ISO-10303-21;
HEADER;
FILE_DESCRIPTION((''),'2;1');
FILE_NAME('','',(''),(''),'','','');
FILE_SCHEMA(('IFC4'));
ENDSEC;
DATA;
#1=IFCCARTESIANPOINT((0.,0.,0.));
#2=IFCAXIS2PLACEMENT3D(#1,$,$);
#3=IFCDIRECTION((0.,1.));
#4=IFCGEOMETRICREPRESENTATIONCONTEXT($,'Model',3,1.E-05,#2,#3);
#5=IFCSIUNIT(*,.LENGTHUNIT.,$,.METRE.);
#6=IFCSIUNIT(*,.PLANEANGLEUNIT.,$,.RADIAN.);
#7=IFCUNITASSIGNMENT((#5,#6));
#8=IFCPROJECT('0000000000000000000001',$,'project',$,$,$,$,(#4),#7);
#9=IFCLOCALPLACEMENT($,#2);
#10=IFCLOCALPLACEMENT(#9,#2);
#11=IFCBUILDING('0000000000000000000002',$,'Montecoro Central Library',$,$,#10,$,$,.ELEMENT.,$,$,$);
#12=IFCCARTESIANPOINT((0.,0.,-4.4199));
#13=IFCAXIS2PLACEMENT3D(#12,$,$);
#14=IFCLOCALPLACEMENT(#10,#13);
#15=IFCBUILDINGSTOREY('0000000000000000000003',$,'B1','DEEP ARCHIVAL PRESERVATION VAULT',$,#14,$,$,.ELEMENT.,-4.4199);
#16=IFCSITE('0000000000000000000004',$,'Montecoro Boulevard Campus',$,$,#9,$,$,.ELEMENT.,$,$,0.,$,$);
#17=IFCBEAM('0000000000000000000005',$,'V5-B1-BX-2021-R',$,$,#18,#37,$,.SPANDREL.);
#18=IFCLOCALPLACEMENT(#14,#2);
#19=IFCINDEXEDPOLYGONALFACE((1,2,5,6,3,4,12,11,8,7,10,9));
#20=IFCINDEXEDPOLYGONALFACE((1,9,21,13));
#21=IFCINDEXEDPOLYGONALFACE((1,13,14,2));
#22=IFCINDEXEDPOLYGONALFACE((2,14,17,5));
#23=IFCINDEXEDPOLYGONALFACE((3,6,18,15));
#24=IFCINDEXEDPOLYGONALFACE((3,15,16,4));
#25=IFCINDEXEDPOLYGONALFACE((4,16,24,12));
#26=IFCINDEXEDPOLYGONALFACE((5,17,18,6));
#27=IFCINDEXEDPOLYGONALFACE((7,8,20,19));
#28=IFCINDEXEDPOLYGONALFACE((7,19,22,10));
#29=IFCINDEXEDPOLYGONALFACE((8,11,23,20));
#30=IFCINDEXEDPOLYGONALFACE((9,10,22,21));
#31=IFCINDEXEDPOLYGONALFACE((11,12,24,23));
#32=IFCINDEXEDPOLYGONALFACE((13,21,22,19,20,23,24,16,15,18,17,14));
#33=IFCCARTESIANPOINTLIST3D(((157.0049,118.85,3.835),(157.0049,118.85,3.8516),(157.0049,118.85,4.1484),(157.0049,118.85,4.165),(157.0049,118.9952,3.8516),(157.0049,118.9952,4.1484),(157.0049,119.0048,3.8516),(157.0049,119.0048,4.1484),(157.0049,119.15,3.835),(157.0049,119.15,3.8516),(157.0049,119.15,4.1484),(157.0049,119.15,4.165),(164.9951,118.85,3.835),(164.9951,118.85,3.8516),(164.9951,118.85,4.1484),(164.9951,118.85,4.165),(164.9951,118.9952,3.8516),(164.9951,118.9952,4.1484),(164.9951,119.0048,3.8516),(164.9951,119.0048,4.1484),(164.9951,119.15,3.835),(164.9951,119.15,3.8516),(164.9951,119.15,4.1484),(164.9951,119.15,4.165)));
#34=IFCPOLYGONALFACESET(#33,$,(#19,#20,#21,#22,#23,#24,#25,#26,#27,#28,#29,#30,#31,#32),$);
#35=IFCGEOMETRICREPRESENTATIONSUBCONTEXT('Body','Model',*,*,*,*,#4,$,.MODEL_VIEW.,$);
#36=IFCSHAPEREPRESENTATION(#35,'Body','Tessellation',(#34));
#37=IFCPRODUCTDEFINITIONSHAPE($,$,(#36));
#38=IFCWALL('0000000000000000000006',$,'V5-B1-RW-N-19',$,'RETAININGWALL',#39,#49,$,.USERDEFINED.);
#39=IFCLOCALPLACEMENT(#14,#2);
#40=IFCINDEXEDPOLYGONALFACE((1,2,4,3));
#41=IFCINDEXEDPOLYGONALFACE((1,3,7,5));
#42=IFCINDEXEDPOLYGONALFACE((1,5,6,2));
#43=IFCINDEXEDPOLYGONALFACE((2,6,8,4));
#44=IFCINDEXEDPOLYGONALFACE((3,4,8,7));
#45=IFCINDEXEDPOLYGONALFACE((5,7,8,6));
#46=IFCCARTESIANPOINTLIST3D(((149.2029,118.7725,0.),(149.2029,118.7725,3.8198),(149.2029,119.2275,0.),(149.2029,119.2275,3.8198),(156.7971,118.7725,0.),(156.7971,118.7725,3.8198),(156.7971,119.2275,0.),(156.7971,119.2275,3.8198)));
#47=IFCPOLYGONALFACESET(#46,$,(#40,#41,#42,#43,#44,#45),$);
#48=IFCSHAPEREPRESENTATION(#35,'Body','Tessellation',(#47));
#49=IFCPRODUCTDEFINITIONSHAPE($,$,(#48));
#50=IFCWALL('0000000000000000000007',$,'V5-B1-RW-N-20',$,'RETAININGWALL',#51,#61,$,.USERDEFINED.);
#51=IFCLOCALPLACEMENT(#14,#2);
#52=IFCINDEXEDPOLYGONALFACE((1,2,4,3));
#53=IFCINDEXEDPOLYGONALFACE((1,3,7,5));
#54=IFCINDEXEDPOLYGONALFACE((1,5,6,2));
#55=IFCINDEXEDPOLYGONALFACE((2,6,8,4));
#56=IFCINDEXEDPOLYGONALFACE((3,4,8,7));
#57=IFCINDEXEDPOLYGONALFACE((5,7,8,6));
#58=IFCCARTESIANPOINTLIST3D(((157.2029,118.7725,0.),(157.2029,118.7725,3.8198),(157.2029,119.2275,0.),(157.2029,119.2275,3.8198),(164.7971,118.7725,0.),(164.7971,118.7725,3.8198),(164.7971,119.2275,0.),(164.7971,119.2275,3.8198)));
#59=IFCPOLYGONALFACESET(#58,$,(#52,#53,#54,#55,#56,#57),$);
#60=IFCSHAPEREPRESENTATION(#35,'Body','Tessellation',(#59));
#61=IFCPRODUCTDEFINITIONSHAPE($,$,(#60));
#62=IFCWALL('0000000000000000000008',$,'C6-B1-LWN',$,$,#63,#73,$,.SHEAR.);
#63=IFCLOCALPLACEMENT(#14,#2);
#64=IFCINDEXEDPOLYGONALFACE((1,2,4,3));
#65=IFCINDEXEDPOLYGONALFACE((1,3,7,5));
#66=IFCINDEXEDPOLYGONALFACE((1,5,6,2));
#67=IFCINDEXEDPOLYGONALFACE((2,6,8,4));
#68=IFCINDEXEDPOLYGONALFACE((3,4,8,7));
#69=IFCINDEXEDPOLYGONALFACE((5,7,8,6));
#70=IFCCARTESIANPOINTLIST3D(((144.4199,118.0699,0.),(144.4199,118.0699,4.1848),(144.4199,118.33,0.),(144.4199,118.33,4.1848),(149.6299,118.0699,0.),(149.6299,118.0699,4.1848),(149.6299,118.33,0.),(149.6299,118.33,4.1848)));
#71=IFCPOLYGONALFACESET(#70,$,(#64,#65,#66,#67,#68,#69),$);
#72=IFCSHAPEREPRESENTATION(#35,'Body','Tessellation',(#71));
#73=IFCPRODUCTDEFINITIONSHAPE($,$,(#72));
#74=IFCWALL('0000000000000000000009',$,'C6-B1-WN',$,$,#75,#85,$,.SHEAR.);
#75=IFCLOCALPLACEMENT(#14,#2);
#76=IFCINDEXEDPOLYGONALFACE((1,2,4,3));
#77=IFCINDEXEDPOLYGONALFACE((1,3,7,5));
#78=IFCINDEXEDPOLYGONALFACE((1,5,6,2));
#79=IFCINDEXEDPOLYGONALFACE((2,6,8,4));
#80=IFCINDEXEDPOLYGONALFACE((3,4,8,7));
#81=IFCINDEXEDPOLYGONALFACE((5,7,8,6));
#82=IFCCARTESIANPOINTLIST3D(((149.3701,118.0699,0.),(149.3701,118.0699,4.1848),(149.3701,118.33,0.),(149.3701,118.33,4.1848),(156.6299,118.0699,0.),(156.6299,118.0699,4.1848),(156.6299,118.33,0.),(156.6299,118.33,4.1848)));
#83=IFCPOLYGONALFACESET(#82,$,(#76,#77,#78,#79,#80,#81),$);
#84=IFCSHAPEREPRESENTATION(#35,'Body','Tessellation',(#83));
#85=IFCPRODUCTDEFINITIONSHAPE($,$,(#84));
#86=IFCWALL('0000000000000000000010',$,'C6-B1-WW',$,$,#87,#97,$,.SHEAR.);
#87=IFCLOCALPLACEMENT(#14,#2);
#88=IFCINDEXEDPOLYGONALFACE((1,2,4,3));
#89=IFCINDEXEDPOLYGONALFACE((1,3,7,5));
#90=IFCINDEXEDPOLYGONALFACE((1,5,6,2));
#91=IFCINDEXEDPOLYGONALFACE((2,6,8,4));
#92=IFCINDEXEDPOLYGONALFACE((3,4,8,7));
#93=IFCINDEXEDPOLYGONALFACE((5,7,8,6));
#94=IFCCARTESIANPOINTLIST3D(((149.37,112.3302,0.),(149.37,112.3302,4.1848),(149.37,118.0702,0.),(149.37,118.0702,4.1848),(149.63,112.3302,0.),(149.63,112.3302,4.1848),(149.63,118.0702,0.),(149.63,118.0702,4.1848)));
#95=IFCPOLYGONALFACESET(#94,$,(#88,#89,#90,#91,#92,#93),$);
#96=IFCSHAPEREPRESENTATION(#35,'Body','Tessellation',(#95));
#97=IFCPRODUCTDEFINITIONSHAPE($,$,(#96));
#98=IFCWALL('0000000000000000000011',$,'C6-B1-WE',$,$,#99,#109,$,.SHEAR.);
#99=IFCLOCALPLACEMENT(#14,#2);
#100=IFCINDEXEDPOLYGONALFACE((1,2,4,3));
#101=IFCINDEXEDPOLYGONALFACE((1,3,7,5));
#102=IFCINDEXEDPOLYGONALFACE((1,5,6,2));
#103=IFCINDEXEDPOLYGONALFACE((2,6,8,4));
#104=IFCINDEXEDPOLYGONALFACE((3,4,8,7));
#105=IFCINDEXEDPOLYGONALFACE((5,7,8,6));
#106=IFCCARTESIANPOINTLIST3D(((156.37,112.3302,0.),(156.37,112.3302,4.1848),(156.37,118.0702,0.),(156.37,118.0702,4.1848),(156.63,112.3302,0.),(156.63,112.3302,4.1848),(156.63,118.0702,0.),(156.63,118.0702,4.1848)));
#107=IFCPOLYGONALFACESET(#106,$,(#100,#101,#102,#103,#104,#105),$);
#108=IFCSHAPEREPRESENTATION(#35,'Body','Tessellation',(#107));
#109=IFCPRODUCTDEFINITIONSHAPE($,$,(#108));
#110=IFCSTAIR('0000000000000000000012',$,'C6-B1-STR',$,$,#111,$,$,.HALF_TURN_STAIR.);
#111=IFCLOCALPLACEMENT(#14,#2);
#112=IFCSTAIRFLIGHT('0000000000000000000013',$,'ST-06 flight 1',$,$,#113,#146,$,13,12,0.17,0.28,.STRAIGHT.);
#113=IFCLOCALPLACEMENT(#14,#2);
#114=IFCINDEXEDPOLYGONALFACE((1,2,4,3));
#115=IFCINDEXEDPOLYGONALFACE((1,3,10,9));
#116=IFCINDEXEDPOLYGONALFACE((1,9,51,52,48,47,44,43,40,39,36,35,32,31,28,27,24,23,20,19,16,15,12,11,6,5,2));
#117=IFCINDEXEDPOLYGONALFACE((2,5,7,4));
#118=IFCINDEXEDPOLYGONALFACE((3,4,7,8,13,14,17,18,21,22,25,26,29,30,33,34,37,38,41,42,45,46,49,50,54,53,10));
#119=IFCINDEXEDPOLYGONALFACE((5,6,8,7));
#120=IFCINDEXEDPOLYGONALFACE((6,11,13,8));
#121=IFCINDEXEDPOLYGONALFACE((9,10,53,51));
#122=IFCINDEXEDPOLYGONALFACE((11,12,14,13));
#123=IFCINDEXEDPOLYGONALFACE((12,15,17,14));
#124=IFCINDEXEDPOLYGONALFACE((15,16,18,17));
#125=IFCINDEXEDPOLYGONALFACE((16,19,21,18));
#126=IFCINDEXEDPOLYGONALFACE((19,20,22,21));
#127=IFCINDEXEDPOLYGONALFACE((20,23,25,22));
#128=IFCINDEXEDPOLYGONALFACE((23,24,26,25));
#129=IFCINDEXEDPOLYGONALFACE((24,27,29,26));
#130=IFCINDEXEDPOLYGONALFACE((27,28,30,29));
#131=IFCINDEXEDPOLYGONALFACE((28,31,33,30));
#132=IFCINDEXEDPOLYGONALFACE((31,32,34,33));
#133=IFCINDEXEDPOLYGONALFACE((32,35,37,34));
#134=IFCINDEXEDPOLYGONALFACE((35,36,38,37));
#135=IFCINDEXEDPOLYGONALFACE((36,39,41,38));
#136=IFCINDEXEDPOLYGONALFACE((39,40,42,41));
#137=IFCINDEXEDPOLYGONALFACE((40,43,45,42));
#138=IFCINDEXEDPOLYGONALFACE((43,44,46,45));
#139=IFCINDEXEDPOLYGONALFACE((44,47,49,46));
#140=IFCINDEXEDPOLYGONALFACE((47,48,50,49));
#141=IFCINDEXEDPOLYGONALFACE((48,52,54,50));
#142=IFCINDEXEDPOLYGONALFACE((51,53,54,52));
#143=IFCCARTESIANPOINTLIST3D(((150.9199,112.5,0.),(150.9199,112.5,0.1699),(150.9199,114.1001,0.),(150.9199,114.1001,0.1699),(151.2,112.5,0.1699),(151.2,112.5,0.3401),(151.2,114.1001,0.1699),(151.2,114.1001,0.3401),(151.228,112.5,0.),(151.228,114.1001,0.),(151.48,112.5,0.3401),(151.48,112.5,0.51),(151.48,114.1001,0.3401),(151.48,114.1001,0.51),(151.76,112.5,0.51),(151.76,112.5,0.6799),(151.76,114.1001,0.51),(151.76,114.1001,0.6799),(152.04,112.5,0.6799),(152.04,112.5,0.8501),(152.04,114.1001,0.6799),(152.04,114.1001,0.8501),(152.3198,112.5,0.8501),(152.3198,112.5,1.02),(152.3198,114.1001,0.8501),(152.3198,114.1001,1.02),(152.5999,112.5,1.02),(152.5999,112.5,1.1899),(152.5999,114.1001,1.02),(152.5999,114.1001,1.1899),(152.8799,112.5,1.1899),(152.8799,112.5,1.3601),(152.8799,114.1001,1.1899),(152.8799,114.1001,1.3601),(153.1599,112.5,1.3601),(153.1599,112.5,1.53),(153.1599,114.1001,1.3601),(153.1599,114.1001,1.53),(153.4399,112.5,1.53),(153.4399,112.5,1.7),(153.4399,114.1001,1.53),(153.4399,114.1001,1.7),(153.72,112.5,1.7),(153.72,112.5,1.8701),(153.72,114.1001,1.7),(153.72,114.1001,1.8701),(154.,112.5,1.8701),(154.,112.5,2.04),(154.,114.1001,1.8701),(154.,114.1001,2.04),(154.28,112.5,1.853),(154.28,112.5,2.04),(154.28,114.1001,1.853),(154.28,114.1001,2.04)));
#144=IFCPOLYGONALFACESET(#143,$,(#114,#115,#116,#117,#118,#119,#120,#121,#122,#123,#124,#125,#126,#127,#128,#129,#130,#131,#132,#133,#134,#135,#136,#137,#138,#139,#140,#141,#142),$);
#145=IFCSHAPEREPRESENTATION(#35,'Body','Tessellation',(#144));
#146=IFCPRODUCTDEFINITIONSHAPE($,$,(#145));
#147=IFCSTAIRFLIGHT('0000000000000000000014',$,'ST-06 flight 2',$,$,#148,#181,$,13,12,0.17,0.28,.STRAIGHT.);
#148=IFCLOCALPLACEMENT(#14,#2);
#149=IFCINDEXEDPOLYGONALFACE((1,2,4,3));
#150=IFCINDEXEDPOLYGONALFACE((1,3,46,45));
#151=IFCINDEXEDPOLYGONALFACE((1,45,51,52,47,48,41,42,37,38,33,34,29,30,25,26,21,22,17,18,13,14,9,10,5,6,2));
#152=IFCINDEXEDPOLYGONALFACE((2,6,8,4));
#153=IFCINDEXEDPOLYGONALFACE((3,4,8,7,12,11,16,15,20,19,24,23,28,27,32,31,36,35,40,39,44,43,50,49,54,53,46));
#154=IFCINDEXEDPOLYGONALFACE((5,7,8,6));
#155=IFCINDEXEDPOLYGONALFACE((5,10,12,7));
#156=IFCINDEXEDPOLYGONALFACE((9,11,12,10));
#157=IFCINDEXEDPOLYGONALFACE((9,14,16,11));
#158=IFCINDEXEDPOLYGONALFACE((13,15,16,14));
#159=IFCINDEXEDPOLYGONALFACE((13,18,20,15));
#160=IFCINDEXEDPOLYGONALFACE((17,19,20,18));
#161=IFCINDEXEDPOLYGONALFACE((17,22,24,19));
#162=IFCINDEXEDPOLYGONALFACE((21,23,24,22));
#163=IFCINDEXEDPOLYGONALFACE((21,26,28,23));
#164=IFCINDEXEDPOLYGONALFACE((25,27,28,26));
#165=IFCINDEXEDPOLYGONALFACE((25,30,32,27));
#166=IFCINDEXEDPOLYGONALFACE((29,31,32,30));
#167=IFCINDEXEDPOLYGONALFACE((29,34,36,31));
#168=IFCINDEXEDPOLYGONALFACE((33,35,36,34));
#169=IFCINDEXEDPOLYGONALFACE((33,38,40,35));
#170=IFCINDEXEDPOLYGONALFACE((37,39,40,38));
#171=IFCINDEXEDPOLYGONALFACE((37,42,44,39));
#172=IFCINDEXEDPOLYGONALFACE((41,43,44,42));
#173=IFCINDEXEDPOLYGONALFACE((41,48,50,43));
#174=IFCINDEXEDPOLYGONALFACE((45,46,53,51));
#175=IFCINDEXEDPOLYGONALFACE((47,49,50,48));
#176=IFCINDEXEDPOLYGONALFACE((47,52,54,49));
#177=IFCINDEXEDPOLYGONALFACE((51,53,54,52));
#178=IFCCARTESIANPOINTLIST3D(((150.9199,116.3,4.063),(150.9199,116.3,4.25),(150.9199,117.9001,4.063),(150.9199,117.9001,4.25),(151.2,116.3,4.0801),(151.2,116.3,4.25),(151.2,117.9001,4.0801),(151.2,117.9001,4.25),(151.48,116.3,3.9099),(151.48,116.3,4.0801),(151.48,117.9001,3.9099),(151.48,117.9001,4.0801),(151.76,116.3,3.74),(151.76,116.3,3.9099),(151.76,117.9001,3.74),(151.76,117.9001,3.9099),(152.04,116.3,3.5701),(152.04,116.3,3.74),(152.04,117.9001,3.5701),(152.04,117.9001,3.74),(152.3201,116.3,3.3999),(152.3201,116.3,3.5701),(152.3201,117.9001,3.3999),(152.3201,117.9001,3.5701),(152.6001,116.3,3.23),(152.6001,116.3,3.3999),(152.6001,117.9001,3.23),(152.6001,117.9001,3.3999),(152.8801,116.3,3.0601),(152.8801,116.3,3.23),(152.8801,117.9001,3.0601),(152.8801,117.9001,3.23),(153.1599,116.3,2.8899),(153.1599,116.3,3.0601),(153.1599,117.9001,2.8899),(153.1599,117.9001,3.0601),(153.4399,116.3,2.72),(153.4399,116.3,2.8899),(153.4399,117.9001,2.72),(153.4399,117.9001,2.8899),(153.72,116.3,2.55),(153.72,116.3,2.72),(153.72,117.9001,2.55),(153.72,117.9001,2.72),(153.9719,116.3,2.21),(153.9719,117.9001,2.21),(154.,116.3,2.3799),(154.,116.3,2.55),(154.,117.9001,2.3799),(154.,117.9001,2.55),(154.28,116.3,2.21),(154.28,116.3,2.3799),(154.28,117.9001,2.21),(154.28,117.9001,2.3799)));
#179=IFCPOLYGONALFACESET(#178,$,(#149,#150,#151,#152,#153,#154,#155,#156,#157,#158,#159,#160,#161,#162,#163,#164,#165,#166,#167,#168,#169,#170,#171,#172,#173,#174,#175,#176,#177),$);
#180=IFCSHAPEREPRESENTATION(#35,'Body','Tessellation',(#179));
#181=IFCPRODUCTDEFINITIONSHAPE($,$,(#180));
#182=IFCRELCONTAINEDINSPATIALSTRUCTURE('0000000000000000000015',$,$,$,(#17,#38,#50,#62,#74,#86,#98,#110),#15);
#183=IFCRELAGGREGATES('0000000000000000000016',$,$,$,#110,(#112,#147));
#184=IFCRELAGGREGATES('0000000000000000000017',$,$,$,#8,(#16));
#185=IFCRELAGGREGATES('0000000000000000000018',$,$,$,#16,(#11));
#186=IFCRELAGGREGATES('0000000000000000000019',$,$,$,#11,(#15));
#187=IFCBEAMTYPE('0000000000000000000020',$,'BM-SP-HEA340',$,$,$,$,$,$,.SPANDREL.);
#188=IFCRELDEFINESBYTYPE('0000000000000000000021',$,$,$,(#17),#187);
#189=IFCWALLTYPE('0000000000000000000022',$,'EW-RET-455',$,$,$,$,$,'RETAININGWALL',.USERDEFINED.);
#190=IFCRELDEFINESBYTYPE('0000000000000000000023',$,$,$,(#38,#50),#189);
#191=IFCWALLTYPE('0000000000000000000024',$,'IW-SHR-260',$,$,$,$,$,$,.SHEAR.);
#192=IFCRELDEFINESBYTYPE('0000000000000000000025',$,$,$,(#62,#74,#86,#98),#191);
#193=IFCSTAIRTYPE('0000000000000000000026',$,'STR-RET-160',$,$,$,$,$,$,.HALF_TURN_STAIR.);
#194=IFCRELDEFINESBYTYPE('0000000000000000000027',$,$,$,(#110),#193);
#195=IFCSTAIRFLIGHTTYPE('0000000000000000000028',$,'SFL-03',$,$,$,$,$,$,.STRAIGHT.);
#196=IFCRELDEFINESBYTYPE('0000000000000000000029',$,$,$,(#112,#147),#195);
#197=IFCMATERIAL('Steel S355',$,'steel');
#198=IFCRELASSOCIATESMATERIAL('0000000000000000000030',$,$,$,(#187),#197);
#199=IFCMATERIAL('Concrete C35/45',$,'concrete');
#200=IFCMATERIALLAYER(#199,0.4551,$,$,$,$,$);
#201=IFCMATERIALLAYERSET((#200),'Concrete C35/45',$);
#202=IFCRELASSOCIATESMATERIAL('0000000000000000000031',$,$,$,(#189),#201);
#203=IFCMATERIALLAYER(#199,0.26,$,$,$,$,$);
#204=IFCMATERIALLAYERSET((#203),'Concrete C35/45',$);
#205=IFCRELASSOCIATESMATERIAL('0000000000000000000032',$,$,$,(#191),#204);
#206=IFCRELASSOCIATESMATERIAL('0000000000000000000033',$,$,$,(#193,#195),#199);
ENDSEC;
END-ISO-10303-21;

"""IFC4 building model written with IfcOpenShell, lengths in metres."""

from ifc_helpers import new_model, si_unit, direction, frame, frame_2d, origin, origin_2d, place, context, subcontext, project, spatial, polyline, rectangle, i_section, outline, extrude, material, layer, layer_set, material_profile, profile_set, type_object, element, aggregate, save


model = new_model("IFC4")

# Units and contexts
model_context = context("Model", 3, precision=1e-05, world=origin(), true_north=direction((0.0, 1.0)))
body_context = subcontext(model_context, "Body", "Model", "MODEL_VIEW")
ifc_project = project(units=[si_unit("LENGTHUNIT", "METRE"), si_unit("PLANEANGLEUNIT", "RADIAN")], contexts=[model_context])

# Site, building, storey
site_placement = place(None, origin())
site = spatial("IfcSite", under=ifc_project, at=site_placement, Name="Montecoro Boulevard Campus", CompositionType="ELEMENT", RefElevation=0.0)
building_placement = place(site_placement, origin())
building = spatial("IfcBuilding", under=site, at=building_placement, Name="Montecoro Central Library", CompositionType="ELEMENT")
storey_placement = place(building_placement, frame((0.0, 0.0, -4.4199)))
storey = spatial("IfcBuildingStorey", under=building, at=storey_placement, Name="B1", Description="DEEP ARCHIVAL PRESERVATION VAULT", CompositionType="ELEMENT", Elevation=-4.4199)

# Shared definitions
ifc_material_1 = material(Name="Concrete C35/45", Category="concrete")

# Beam
ifc_material_2 = material(Name="Steel S355", Category="steel")
ifc_material_profile_1 = material_profile(ifc_material_2, i_section(OverallWidth=0.3, OverallDepth=0.3301, WebThickness=0.0095, FlangeThickness=0.0166, at=origin_2d()), Name="HEA 340")
ifc_profile_set_1 = profile_set([ifc_material_profile_1], Name="Steel S355")
beam_type_1 = type_object("IfcBeamType", Name="BM-SP-HEA340", PredefinedType="SPANDREL", material=ifc_profile_set_1)
for number, where, z_axis, x_axis, name in (
    (1, (157.0049, 119.0, 4.0), (1.0, 0.0, 0.0), (0.0, 1.0, 0.0), "V5-B1-BX-2021-R"),
):
    element("IfcBeam", number, at=place(storey_placement, frame(where, z_axis=z_axis, x_axis=x_axis)), inside=storey, type_object=beam_type_1, Name=name, PredefinedType="SPANDREL", context=body_context, shape_type="SweptSolid", body=[
        extrude(i_section(OverallWidth=0.3, OverallDepth=0.3301, WebThickness=0.0095, FlangeThickness=0.0166, at=origin_2d()), origin(), (0.0, 0.0, 1.0), 7.9902),
    ])

# Walls
ifc_layer_1 = layer(ifc_material_1, 0.4551)
ifc_layer_set_1 = layer_set([ifc_layer_1], Name="Concrete C35/45")
wall_type_1 = type_object("IfcWallType", Name="EW-RET-455", ElementType="RETAININGWALL", PredefinedType="USERDEFINED", material=ifc_layer_set_1)
for number, where, z_axis, x_axis, name in (
    (2, (149.2029, 119.0, 0.0), (0.0, 0.0, 1.0), (1.0, 0.0, 0.0), "V5-B1-RW-N-19"),
    (3, (157.2029, 119.0, 0.0), (0.0, 0.0, 1.0), (1.0, 0.0, 0.0), "V5-B1-RW-N-20"),
):
    element("IfcWall", number, at=place(storey_placement, frame(where, z_axis=z_axis, x_axis=x_axis)), inside=storey, type_object=wall_type_1, Name=name, ObjectType="RETAININGWALL", PredefinedType="USERDEFINED", context=body_context, shape_type="SweptSolid", body=[
        extrude(rectangle(XDim=7.5942, YDim=0.4551, at=frame_2d((3.7971, 0.0))), origin(), (0.0, 0.0, 1.0), 3.8198),
    ])
ifc_layer_2 = layer(ifc_material_1, 0.26)
ifc_layer_set_2 = layer_set([ifc_layer_2], Name="Concrete C35/45")
wall_type_2 = type_object("IfcWallType", Name="IW-SHR-260", PredefinedType="SHEAR", material=ifc_layer_set_2)
wall_1_placement = place(storey_placement, frame((149.6299, 118.2, 0.0), z_axis=(0.0, 0.0, 1.0), x_axis=(-1.0, 0.0, 0.0)))
element("IfcWall", 4, at=wall_1_placement, inside=storey, type_object=wall_type_2, Name="C6-B1-LWN", PredefinedType="SHEAR", context=body_context, shape_type="SweptSolid", body=[
    extrude(rectangle(XDim=5.21, YDim=0.26, at=frame_2d((2.605, 0.0))), origin(), (0.0, 0.0, 1.0), 4.1848),
])
wall_2_placement = place(storey_placement, frame((149.3701, 118.2, 0.0), z_axis=(0.0, 0.0, 1.0), x_axis=(1.0, 0.0, 0.0)))
element("IfcWall", 5, at=wall_2_placement, inside=storey, type_object=wall_type_2, Name="C6-B1-WN", PredefinedType="SHEAR", context=body_context, shape_type="SweptSolid", body=[
    extrude(rectangle(XDim=7.2598, YDim=0.26, at=frame_2d((3.6299, 0.0))), origin(), (0.0, 0.0, 1.0), 4.1848),
])
for number, where, z_axis, x_axis, name in (
    (6, (149.5, 112.3301, 0.0), (0.0, 0.0, 1.0), (0.0, 1.0, 0.0), "C6-B1-WW"),
    (7, (156.5, 112.3301, 0.0), (0.0, 0.0, 1.0), (0.0, 1.0, 0.0), "C6-B1-WE"),
):
    element("IfcWall", number, at=place(storey_placement, frame(where, z_axis=z_axis, x_axis=x_axis)), inside=storey, type_object=wall_type_2, Name=name, PredefinedType="SHEAR", context=body_context, shape_type="SweptSolid", body=[
        extrude(rectangle(XDim=5.74, YDim=0.26, at=frame_2d((2.8701, 0.0))), origin(), (0.0, 0.0, 1.0), 4.1848),
    ])

# Stair, stair flights
stair_type = type_object("IfcStairType", Name="STR-RET-160", PredefinedType="HALF_TURN_STAIR", material=ifc_material_1)
stair_placement = place(storey_placement, origin())
stair = element("IfcStair", 8, at=stair_placement, inside=storey, type_object=stair_type, Name="C6-B1-STR", PredefinedType="HALF_TURN_STAIR")
stair_flight_type = type_object("IfcStairFlightType", Name="SFL-03", PredefinedType="STRAIGHT", material=ifc_material_1)
stair_flight_1_placement = place(storey_placement, frame((150.9199, 113.3, 0.0), z_axis=(0.0, 0.0, 1.0), x_axis=(1.0, 0.0, 0.0)))
stair_flight_1 = element("IfcStairFlight", 9, at=stair_flight_1_placement, type_object=stair_flight_type, Name="ST-06 flight 1", NumberOfRisers=13, NumberOfTreads=12, PredefinedType="STRAIGHT", RiserHeight=0.17, TreadLength=0.28, context=body_context, shape_type="SweptSolid", body=[
    extrude(outline(polyline([(0.0, 0.0), (0.0, 0.1699), (0.28, 0.1699), (0.28, 0.3401), (0.5601, 0.3401), (0.5601, 0.51), (0.8401, 0.51), (0.8401, 0.6799), (1.1201, 0.6799), (1.1201, 0.8501), (1.3999, 0.8501), (1.3999, 1.02), (1.6799, 1.02), (1.6799, 1.1899), (1.96, 1.1899), (1.96, 1.3601), (2.24, 1.3601), (2.24, 1.53), (2.52, 1.53), (2.52, 1.7), (2.8, 1.7), (2.8, 1.8701), (3.0801, 1.8701), (3.0801, 2.04), (3.3601, 2.04), (3.3601, 2.21), (3.3601, 1.853), (0.3081, 0.0), (0.0, 0.0)])), frame((0.0, 0.8, 0.0), z_axis=(0.0, -1.0, 0.0), x_axis=(1.0, 0.0, 0.0)), (0.0, 0.0, 1.0), 1.6001),
])
stair_flight_2_placement = place(storey_placement, frame((154.28, 117.1001, 2.21), z_axis=(0.0, 0.0, 1.0), x_axis=(-1.0, 0.0, 0.0)))
stair_flight_2 = element("IfcStairFlight", 10, at=stair_flight_2_placement, type_object=stair_flight_type, Name="ST-06 flight 2", NumberOfRisers=13, NumberOfTreads=12, PredefinedType="STRAIGHT", RiserHeight=0.17, TreadLength=0.28, context=body_context, shape_type="SweptSolid", body=[
    extrude(outline(polyline([(0.0, 0.0), (0.0, 0.1699), (0.28, 0.1699), (0.28, 0.3401), (0.5601, 0.3401), (0.5601, 0.51), (0.8401, 0.51), (0.8401, 0.6799), (1.1201, 0.6799), (1.1201, 0.8501), (1.3999, 0.8501), (1.3999, 1.02), (1.6799, 1.02), (1.6799, 1.1899), (1.96, 1.1899), (1.96, 1.3601), (2.24, 1.3601), (2.24, 1.53), (2.52, 1.53), (2.52, 1.7), (2.8, 1.7), (2.8, 1.8701), (3.0801, 1.8701), (3.0801, 2.04), (3.3601, 2.04), (3.3601, 2.21), (3.3601, 1.853), (0.3081, 0.0), (0.0, 0.0)])), frame((0.0, 0.8, 0.0), z_axis=(0.0, -1.0, 0.0), x_axis=(1.0, 0.0, 0.0)), (0.0, 0.0, 1.0), 1.6001),
])
aggregate(stair, [stair_flight_1, stair_flight_2])

save(model, "model.ifc")
